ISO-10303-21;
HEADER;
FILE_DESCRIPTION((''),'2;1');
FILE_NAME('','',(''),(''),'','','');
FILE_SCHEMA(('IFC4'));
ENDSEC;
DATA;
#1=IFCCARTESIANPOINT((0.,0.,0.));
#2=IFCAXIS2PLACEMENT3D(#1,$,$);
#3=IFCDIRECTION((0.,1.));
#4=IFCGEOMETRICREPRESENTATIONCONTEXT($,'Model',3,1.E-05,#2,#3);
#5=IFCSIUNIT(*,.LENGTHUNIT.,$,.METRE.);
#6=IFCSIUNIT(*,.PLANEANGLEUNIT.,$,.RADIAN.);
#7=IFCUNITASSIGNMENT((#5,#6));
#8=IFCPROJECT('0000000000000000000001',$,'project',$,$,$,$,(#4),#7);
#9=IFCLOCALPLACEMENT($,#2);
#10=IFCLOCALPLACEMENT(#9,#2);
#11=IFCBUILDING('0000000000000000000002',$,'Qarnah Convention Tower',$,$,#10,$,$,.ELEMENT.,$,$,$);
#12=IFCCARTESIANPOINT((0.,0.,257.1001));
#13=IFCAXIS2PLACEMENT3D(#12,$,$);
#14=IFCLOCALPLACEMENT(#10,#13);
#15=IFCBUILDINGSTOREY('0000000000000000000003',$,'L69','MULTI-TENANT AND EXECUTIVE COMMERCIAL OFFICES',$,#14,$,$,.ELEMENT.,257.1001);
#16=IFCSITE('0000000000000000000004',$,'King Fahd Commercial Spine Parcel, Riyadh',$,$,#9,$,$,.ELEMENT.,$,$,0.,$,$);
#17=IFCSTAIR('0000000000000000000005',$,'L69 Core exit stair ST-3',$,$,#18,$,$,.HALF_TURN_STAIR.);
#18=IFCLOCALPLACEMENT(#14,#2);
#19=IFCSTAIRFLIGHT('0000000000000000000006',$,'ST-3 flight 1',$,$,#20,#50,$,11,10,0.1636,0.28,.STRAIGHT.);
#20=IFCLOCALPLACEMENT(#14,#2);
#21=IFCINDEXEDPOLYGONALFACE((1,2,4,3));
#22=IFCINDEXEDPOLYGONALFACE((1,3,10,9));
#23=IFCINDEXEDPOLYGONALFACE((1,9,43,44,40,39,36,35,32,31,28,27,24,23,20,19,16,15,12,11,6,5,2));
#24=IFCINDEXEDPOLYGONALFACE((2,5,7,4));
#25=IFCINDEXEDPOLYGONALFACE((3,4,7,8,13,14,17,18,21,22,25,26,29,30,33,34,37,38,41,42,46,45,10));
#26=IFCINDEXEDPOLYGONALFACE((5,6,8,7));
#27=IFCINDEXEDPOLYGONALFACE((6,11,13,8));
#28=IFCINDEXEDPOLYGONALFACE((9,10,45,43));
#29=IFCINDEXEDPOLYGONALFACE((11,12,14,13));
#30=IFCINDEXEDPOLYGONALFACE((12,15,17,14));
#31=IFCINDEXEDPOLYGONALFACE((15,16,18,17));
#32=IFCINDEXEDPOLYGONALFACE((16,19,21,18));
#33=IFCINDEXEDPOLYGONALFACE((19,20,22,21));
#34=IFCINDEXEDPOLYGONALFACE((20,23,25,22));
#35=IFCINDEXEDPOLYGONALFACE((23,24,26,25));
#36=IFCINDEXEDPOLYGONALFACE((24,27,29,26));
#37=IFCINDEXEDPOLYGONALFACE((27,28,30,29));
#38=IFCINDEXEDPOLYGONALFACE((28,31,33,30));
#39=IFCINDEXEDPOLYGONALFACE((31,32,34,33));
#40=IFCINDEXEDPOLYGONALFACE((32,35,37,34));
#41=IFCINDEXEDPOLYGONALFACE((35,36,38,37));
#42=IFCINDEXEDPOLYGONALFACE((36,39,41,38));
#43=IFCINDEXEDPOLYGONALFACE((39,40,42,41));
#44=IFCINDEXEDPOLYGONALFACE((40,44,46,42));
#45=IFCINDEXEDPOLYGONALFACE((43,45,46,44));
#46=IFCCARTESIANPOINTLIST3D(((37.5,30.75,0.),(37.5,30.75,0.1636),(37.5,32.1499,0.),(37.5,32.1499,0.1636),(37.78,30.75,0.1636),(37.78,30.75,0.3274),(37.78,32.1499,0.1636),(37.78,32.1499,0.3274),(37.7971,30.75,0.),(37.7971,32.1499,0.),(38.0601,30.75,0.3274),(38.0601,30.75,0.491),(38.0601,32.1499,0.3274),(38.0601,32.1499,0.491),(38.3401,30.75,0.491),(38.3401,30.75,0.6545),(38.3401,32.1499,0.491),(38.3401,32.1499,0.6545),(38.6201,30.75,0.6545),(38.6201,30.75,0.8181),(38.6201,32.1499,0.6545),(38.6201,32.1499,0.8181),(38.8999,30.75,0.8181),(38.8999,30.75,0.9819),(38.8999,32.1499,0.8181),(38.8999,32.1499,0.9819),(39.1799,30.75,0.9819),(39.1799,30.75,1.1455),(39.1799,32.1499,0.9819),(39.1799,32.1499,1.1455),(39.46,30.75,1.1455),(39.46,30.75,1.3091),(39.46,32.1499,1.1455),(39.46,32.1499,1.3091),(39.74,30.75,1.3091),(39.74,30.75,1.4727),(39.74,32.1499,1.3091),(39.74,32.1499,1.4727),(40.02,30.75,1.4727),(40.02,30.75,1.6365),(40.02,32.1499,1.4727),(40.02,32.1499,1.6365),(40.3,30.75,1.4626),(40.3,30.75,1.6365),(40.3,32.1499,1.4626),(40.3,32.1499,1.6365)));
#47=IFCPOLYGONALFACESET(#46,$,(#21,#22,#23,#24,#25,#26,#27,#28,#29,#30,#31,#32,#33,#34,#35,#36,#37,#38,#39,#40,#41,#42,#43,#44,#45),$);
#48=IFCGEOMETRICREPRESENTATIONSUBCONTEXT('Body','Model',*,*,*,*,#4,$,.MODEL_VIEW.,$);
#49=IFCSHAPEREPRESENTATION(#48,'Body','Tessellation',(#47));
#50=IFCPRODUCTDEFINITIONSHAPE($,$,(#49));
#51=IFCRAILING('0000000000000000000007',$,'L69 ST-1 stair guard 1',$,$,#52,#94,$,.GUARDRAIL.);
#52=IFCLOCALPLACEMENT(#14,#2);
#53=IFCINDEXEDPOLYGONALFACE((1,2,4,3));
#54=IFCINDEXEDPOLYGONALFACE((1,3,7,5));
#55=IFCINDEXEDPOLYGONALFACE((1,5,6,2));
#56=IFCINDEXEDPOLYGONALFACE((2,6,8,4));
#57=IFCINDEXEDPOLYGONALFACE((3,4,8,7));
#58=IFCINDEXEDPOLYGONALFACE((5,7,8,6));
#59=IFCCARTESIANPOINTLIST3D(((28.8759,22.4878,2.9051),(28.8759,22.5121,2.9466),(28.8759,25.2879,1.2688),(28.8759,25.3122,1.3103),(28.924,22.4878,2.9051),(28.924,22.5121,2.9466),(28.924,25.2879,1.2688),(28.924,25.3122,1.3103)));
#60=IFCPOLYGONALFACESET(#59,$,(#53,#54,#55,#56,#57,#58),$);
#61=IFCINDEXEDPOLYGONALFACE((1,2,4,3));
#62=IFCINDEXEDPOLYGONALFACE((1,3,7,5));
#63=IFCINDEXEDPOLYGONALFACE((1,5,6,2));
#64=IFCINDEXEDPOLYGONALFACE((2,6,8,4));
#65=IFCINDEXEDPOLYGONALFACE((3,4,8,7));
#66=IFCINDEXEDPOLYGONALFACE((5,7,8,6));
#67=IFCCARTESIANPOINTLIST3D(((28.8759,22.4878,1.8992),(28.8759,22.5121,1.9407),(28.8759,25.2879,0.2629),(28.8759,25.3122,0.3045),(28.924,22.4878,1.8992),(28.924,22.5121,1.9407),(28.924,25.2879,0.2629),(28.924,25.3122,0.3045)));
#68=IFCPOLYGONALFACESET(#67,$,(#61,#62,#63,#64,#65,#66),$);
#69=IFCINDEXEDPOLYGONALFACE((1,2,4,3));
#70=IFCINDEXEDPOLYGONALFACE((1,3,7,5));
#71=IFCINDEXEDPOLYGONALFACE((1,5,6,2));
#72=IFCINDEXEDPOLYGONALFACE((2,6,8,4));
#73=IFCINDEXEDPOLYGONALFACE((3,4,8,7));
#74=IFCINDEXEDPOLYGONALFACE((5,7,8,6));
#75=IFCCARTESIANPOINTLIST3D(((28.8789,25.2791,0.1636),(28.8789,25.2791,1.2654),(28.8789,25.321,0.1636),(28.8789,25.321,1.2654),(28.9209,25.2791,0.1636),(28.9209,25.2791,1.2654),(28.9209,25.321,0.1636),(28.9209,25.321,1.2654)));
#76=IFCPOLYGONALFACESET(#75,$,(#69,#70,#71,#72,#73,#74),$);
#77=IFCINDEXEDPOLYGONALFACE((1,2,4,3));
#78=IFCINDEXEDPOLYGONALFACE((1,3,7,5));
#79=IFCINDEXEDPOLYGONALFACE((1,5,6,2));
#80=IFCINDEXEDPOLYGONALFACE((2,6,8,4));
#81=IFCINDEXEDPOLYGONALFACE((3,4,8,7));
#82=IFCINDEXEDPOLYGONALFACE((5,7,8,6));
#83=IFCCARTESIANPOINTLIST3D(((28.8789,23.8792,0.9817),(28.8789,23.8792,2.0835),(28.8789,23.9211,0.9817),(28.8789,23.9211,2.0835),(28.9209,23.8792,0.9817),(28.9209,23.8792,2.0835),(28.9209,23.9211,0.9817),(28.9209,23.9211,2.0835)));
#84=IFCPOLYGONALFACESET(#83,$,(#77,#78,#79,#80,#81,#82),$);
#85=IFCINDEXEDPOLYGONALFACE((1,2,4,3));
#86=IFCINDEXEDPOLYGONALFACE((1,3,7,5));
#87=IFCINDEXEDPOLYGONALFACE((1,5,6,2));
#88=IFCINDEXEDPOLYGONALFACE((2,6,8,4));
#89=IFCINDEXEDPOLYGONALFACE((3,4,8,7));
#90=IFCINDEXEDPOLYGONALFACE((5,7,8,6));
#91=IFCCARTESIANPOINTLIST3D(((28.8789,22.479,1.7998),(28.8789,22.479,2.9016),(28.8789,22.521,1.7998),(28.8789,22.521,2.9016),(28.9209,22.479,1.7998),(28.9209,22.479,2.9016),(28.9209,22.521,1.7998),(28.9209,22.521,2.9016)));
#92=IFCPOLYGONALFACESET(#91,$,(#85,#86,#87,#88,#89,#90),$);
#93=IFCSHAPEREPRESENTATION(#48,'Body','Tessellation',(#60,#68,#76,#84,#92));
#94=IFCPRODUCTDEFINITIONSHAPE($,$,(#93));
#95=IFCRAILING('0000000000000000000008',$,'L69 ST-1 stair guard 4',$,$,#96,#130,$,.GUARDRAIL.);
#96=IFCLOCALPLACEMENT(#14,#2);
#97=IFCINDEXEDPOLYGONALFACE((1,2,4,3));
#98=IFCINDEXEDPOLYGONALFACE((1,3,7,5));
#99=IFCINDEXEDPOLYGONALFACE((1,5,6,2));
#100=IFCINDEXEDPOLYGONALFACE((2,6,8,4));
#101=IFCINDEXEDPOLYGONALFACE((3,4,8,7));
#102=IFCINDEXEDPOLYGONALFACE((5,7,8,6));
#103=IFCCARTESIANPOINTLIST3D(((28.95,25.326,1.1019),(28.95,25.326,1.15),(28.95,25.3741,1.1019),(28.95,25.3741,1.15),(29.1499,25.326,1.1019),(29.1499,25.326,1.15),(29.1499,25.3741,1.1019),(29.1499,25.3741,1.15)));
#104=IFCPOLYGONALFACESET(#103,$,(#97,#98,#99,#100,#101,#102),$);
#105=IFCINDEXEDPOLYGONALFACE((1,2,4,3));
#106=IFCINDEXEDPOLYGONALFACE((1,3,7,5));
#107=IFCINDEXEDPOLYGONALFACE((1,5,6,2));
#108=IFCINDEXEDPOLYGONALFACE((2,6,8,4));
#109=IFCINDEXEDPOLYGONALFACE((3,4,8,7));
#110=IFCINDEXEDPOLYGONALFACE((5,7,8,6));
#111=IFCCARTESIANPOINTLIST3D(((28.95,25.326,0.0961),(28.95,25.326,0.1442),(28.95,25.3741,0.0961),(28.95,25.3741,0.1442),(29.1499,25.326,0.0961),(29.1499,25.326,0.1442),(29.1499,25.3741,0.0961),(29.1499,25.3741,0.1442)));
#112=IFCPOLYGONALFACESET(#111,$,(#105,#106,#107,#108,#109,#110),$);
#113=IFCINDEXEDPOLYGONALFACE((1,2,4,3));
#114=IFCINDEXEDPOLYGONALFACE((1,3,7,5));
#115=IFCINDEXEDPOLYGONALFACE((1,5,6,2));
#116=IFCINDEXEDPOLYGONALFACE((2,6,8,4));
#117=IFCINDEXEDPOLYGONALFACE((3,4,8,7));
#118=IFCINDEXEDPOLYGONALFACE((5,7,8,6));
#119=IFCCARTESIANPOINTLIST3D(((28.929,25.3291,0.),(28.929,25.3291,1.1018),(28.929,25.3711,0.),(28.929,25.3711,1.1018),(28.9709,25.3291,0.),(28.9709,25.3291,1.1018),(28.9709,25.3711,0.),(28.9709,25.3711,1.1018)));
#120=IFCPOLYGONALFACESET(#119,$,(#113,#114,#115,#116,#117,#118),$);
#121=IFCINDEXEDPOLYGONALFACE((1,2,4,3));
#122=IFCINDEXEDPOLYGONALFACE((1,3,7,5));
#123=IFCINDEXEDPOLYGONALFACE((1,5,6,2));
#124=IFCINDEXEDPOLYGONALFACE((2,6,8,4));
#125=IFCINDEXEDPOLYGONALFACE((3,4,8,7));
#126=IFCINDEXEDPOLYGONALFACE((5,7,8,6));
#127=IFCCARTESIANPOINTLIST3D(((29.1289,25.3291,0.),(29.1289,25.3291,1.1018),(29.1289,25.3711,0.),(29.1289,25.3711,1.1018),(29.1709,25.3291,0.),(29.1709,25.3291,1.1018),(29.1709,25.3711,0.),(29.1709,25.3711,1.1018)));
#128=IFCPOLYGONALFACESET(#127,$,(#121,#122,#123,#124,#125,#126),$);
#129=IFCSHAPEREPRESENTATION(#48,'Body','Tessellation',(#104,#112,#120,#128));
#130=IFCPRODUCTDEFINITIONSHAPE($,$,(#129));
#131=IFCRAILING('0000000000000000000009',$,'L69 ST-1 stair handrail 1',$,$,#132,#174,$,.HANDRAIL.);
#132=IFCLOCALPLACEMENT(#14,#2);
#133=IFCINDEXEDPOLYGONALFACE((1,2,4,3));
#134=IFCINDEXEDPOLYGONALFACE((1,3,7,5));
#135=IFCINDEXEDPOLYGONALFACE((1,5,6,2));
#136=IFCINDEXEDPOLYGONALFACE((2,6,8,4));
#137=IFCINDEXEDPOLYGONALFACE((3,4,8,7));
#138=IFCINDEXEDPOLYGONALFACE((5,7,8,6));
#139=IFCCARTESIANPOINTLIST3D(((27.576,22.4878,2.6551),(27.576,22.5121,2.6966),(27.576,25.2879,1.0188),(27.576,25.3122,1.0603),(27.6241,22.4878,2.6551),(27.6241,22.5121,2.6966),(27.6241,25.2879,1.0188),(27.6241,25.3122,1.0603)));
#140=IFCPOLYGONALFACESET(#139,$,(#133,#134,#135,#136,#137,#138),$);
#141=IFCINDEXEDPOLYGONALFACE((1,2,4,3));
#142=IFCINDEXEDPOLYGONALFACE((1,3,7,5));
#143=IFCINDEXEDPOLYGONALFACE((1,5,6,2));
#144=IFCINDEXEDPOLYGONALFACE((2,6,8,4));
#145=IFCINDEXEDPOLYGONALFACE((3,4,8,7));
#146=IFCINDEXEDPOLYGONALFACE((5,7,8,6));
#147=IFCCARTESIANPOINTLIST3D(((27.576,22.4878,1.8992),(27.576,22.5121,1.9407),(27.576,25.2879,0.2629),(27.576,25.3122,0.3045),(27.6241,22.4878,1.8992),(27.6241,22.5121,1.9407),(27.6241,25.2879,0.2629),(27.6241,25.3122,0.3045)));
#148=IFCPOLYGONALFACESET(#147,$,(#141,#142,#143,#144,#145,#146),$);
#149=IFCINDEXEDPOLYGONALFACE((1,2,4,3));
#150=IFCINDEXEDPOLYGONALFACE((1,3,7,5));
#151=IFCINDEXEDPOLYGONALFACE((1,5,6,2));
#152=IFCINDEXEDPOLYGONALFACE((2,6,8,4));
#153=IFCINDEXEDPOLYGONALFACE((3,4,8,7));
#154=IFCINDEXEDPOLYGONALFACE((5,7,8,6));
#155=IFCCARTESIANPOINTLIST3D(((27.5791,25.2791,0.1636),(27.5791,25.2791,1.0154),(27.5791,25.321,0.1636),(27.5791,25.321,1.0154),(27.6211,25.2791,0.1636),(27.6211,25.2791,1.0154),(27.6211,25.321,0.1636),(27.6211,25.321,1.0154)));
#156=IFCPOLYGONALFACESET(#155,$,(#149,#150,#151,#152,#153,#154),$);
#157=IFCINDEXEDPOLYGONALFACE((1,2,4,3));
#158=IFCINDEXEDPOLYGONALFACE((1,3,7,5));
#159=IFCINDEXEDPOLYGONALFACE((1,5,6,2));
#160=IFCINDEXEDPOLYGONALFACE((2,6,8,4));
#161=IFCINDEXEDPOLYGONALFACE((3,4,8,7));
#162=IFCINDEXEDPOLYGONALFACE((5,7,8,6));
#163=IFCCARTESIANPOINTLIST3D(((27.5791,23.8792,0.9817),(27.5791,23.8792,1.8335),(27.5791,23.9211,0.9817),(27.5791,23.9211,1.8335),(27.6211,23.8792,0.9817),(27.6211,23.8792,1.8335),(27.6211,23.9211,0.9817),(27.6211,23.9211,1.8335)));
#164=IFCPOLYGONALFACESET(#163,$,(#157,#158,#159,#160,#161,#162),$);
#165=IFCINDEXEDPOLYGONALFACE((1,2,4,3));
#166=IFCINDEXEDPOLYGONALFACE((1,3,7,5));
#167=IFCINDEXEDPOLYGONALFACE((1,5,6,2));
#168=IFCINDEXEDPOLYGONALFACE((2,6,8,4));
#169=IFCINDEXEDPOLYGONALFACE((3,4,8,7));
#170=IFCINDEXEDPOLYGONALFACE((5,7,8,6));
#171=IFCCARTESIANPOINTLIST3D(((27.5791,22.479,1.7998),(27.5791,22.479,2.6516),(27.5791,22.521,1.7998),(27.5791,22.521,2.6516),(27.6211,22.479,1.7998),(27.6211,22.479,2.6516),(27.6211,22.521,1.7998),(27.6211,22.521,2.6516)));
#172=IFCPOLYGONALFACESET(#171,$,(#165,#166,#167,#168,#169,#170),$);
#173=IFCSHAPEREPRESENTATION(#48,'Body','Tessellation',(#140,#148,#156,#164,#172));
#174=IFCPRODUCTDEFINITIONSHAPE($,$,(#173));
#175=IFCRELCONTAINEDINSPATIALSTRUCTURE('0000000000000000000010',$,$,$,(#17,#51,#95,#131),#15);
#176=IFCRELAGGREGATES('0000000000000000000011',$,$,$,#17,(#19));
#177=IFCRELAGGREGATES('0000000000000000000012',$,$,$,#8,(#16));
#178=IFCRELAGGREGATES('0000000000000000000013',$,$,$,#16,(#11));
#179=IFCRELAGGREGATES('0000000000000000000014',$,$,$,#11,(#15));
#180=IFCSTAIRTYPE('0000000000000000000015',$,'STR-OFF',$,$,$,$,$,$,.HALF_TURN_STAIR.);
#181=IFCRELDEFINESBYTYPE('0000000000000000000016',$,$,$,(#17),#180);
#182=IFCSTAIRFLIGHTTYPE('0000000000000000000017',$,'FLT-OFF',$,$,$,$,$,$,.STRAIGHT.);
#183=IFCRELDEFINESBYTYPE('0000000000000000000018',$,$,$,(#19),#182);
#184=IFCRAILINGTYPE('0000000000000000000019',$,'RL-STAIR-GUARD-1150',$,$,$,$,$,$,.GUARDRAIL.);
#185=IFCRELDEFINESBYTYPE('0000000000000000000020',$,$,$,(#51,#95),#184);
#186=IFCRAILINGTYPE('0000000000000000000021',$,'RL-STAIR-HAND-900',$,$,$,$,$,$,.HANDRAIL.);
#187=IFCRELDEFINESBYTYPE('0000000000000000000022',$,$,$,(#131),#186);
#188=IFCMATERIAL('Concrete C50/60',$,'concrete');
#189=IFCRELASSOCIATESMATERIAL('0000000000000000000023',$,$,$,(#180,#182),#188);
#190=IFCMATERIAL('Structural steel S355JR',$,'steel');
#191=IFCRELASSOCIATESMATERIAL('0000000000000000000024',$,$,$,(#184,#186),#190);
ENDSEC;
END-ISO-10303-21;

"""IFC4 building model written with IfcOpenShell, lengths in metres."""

from ifc_helpers import new_model, si_unit, direction, frame, origin, origin_2d, place, context, subcontext, project, spatial, polyline, rectangle, outline, extrude, material, type_object, element, aggregate, save


model = new_model("IFC4")

# Units and contexts
model_context = context("Model", 3, precision=1e-05, world=origin(), true_north=direction((0.0, 1.0)))
body_context = subcontext(model_context, "Body", "Model", "MODEL_VIEW")
ifc_project = project(units=[si_unit("LENGTHUNIT", "METRE"), si_unit("PLANEANGLEUNIT", "RADIAN")], contexts=[model_context])

# Site, building, storey
site_placement = place(None, origin())
site = spatial("IfcSite", under=ifc_project, at=site_placement, Name="King Fahd Commercial Spine Parcel, Riyadh", CompositionType="ELEMENT", RefElevation=0.0)
building_placement = place(site_placement, origin())
building = spatial("IfcBuilding", under=site, at=building_placement, Name="Qarnah Convention Tower", CompositionType="ELEMENT")
storey_placement = place(building_placement, frame((0.0, 0.0, 257.1001)))
storey = spatial("IfcBuildingStorey", under=building, at=storey_placement, Name="L69", Description="MULTI-TENANT AND EXECUTIVE COMMERCIAL OFFICES", CompositionType="ELEMENT", Elevation=257.1001)

# Shared definitions
ifc_material_1 = material(Name="Concrete C50/60", Category="concrete")

# Shared definitions
ifc_material_2 = material(Name="Structural steel S355JR", Category="steel")

# Stair, stair flight
stair_type = type_object("IfcStairType", Name="STR-OFF", PredefinedType="HALF_TURN_STAIR", material=ifc_material_1)
stair_flight_type = type_object("IfcStairFlightType", Name="FLT-OFF", PredefinedType="STRAIGHT", material=ifc_material_1)
stair_1_placement = place(storey_placement, origin())
stair_1 = element("IfcStair", 1, at=stair_1_placement, inside=storey, type_object=stair_type, Name="L69 Core exit stair ST-3", PredefinedType="HALF_TURN_STAIR")
stair_flight_1_placement = place(storey_placement, frame((37.5, 31.45, 0.0), z_axis=(0.0, 0.0, 1.0), x_axis=(1.0, 0.0, 0.0)))
stair_flight_1 = element("IfcStairFlight", 2, at=stair_flight_1_placement, type_object=stair_flight_type, Name="ST-3 flight 1", NumberOfRisers=11, NumberOfTreads=10, PredefinedType="STRAIGHT", RiserHeight=0.1636, TreadLength=0.28, context=body_context, shape_type="SweptSolid", body=[
    extrude(outline(polyline([(0.0, 0.0), (0.0, 0.1636), (0.28, 0.1636), (0.28, 0.3274), (0.5601, 0.3274), (0.5601, 0.491), (0.8401, 0.491), (0.8401, 0.6545), (1.1201, 0.6545), (1.1201, 0.8181), (1.3999, 0.8181), (1.3999, 0.9819), (1.6799, 0.9819), (1.6799, 1.1455), (1.96, 1.1455), (1.96, 1.3091), (2.24, 1.3091), (2.24, 1.4727), (2.52, 1.4727), (2.52, 1.6365), (2.8, 1.6365), (2.8, 1.8), (2.8, 1.4626), (0.2971, 0.0), (0.0, 0.0)])), frame((0.0, 0.7, 0.0), z_axis=(0.0, -1.0, 0.0), x_axis=(1.0, 0.0, 0.0)), (0.0, 0.0, 1.0), 1.3999),
])
aggregate(stair_1, [stair_flight_1])

# Railings
railing_type_1 = type_object("IfcRailingType", Name="RL-STAIR-GUARD-1150", PredefinedType="GUARDRAIL", material=ifc_material_2)
railing_1_placement = place(storey_placement, frame((28.8999, 25.3, 0.1636)))
element("IfcRailing", 3, at=railing_1_placement, inside=storey, type_object=railing_type_1, Name="L69 ST-1 stair guard 1", PredefinedType="GUARDRAIL", context=body_context, shape_type="SweptSolid", body=[
    extrude(rectangle(XDim=0.0481, YDim=0.0481, at=origin_2d()), frame((0.0, 0.0, 1.126), z_axis=(0.0, -0.863394, 0.504531), x_axis=(1.0, 0.0, 0.0)), (0.0, 0.0, 1.0), 3.2432),
    extrude(rectangle(XDim=0.0481, YDim=0.0481, at=origin_2d()), frame((0.0, 0.0, 0.1201), z_axis=(0.0, -0.863394, 0.504531), x_axis=(1.0, 0.0, 0.0)), (0.0, 0.0, 1.0), 3.2432),
    extrude(rectangle(XDim=0.042, YDim=0.042, at=origin_2d()), origin(), (0.0, 0.0, 1.0), 1.1018),
    extrude(rectangle(XDim=0.042, YDim=0.042, at=origin_2d()), frame((0.0, -1.3999, 0.8181)), (0.0, 0.0, 1.0), 1.1018),
    extrude(rectangle(XDim=0.042, YDim=0.042, at=origin_2d()), frame((0.0, -2.8, 1.6362)), (0.0, 0.0, 1.0), 1.1018),
])
railing_2_placement = place(storey_placement, frame((28.95, 25.3501, 0.0)))
element("IfcRailing", 4, at=railing_2_placement, inside=storey, type_object=railing_type_1, Name="L69 ST-1 stair guard 4", PredefinedType="GUARDRAIL", context=body_context, shape_type="SweptSolid", body=[
    extrude(rectangle(XDim=0.0481, YDim=0.0481, at=origin_2d()), frame((0.0, 0.0, 1.126), z_axis=(1.0, 0.0, 0.0), x_axis=(0.0, 1.0, 0.0)), (0.0, 0.0, 1.0), 0.2),
    extrude(rectangle(XDim=0.0481, YDim=0.0481, at=origin_2d()), frame((0.0, 0.0, 0.1201), z_axis=(1.0, 0.0, 0.0), x_axis=(0.0, 1.0, 0.0)), (0.0, 0.0, 1.0), 0.2),
    extrude(rectangle(XDim=0.042, YDim=0.042, at=origin_2d()), origin(), (0.0, 0.0, 1.0), 1.1018),
    extrude(rectangle(XDim=0.042, YDim=0.042, at=origin_2d()), frame((0.2, 0.0, 0.0)), (0.0, 0.0, 1.0), 1.1018),
])
railing_type_2 = type_object("IfcRailingType", Name="RL-STAIR-HAND-900", PredefinedType="HANDRAIL", material=ifc_material_2)
railing_3_placement = place(storey_placement, frame((27.6001, 25.3, 0.1636)))
element("IfcRailing", 5, at=railing_3_placement, inside=storey, type_object=railing_type_2, Name="L69 ST-1 stair handrail 1", PredefinedType="HANDRAIL", context=body_context, shape_type="SweptSolid", body=[
    extrude(rectangle(XDim=0.0481, YDim=0.0481, at=origin_2d()), frame((0.0, 0.0, 0.876), z_axis=(0.0, -0.863394, 0.504531), x_axis=(1.0, 0.0, 0.0)), (0.0, 0.0, 1.0), 3.2432),
    extrude(rectangle(XDim=0.0481, YDim=0.0481, at=origin_2d()), frame((0.0, 0.0, 0.1201), z_axis=(0.0, -0.863394, 0.504531), x_axis=(1.0, 0.0, 0.0)), (0.0, 0.0, 1.0), 3.2432),
    extrude(rectangle(XDim=0.042, YDim=0.042, at=origin_2d()), origin(), (0.0, 0.0, 1.0), 0.8518),
    extrude(rectangle(XDim=0.042, YDim=0.042, at=origin_2d()), frame((0.0, -1.3999, 0.8181)), (0.0, 0.0, 1.0), 0.8518),
    extrude(rectangle(XDim=0.042, YDim=0.042, at=origin_2d()), frame((0.0, -2.8, 1.6362)), (0.0, 0.0, 1.0), 0.8518),
])

save(model, "model.ifc")
